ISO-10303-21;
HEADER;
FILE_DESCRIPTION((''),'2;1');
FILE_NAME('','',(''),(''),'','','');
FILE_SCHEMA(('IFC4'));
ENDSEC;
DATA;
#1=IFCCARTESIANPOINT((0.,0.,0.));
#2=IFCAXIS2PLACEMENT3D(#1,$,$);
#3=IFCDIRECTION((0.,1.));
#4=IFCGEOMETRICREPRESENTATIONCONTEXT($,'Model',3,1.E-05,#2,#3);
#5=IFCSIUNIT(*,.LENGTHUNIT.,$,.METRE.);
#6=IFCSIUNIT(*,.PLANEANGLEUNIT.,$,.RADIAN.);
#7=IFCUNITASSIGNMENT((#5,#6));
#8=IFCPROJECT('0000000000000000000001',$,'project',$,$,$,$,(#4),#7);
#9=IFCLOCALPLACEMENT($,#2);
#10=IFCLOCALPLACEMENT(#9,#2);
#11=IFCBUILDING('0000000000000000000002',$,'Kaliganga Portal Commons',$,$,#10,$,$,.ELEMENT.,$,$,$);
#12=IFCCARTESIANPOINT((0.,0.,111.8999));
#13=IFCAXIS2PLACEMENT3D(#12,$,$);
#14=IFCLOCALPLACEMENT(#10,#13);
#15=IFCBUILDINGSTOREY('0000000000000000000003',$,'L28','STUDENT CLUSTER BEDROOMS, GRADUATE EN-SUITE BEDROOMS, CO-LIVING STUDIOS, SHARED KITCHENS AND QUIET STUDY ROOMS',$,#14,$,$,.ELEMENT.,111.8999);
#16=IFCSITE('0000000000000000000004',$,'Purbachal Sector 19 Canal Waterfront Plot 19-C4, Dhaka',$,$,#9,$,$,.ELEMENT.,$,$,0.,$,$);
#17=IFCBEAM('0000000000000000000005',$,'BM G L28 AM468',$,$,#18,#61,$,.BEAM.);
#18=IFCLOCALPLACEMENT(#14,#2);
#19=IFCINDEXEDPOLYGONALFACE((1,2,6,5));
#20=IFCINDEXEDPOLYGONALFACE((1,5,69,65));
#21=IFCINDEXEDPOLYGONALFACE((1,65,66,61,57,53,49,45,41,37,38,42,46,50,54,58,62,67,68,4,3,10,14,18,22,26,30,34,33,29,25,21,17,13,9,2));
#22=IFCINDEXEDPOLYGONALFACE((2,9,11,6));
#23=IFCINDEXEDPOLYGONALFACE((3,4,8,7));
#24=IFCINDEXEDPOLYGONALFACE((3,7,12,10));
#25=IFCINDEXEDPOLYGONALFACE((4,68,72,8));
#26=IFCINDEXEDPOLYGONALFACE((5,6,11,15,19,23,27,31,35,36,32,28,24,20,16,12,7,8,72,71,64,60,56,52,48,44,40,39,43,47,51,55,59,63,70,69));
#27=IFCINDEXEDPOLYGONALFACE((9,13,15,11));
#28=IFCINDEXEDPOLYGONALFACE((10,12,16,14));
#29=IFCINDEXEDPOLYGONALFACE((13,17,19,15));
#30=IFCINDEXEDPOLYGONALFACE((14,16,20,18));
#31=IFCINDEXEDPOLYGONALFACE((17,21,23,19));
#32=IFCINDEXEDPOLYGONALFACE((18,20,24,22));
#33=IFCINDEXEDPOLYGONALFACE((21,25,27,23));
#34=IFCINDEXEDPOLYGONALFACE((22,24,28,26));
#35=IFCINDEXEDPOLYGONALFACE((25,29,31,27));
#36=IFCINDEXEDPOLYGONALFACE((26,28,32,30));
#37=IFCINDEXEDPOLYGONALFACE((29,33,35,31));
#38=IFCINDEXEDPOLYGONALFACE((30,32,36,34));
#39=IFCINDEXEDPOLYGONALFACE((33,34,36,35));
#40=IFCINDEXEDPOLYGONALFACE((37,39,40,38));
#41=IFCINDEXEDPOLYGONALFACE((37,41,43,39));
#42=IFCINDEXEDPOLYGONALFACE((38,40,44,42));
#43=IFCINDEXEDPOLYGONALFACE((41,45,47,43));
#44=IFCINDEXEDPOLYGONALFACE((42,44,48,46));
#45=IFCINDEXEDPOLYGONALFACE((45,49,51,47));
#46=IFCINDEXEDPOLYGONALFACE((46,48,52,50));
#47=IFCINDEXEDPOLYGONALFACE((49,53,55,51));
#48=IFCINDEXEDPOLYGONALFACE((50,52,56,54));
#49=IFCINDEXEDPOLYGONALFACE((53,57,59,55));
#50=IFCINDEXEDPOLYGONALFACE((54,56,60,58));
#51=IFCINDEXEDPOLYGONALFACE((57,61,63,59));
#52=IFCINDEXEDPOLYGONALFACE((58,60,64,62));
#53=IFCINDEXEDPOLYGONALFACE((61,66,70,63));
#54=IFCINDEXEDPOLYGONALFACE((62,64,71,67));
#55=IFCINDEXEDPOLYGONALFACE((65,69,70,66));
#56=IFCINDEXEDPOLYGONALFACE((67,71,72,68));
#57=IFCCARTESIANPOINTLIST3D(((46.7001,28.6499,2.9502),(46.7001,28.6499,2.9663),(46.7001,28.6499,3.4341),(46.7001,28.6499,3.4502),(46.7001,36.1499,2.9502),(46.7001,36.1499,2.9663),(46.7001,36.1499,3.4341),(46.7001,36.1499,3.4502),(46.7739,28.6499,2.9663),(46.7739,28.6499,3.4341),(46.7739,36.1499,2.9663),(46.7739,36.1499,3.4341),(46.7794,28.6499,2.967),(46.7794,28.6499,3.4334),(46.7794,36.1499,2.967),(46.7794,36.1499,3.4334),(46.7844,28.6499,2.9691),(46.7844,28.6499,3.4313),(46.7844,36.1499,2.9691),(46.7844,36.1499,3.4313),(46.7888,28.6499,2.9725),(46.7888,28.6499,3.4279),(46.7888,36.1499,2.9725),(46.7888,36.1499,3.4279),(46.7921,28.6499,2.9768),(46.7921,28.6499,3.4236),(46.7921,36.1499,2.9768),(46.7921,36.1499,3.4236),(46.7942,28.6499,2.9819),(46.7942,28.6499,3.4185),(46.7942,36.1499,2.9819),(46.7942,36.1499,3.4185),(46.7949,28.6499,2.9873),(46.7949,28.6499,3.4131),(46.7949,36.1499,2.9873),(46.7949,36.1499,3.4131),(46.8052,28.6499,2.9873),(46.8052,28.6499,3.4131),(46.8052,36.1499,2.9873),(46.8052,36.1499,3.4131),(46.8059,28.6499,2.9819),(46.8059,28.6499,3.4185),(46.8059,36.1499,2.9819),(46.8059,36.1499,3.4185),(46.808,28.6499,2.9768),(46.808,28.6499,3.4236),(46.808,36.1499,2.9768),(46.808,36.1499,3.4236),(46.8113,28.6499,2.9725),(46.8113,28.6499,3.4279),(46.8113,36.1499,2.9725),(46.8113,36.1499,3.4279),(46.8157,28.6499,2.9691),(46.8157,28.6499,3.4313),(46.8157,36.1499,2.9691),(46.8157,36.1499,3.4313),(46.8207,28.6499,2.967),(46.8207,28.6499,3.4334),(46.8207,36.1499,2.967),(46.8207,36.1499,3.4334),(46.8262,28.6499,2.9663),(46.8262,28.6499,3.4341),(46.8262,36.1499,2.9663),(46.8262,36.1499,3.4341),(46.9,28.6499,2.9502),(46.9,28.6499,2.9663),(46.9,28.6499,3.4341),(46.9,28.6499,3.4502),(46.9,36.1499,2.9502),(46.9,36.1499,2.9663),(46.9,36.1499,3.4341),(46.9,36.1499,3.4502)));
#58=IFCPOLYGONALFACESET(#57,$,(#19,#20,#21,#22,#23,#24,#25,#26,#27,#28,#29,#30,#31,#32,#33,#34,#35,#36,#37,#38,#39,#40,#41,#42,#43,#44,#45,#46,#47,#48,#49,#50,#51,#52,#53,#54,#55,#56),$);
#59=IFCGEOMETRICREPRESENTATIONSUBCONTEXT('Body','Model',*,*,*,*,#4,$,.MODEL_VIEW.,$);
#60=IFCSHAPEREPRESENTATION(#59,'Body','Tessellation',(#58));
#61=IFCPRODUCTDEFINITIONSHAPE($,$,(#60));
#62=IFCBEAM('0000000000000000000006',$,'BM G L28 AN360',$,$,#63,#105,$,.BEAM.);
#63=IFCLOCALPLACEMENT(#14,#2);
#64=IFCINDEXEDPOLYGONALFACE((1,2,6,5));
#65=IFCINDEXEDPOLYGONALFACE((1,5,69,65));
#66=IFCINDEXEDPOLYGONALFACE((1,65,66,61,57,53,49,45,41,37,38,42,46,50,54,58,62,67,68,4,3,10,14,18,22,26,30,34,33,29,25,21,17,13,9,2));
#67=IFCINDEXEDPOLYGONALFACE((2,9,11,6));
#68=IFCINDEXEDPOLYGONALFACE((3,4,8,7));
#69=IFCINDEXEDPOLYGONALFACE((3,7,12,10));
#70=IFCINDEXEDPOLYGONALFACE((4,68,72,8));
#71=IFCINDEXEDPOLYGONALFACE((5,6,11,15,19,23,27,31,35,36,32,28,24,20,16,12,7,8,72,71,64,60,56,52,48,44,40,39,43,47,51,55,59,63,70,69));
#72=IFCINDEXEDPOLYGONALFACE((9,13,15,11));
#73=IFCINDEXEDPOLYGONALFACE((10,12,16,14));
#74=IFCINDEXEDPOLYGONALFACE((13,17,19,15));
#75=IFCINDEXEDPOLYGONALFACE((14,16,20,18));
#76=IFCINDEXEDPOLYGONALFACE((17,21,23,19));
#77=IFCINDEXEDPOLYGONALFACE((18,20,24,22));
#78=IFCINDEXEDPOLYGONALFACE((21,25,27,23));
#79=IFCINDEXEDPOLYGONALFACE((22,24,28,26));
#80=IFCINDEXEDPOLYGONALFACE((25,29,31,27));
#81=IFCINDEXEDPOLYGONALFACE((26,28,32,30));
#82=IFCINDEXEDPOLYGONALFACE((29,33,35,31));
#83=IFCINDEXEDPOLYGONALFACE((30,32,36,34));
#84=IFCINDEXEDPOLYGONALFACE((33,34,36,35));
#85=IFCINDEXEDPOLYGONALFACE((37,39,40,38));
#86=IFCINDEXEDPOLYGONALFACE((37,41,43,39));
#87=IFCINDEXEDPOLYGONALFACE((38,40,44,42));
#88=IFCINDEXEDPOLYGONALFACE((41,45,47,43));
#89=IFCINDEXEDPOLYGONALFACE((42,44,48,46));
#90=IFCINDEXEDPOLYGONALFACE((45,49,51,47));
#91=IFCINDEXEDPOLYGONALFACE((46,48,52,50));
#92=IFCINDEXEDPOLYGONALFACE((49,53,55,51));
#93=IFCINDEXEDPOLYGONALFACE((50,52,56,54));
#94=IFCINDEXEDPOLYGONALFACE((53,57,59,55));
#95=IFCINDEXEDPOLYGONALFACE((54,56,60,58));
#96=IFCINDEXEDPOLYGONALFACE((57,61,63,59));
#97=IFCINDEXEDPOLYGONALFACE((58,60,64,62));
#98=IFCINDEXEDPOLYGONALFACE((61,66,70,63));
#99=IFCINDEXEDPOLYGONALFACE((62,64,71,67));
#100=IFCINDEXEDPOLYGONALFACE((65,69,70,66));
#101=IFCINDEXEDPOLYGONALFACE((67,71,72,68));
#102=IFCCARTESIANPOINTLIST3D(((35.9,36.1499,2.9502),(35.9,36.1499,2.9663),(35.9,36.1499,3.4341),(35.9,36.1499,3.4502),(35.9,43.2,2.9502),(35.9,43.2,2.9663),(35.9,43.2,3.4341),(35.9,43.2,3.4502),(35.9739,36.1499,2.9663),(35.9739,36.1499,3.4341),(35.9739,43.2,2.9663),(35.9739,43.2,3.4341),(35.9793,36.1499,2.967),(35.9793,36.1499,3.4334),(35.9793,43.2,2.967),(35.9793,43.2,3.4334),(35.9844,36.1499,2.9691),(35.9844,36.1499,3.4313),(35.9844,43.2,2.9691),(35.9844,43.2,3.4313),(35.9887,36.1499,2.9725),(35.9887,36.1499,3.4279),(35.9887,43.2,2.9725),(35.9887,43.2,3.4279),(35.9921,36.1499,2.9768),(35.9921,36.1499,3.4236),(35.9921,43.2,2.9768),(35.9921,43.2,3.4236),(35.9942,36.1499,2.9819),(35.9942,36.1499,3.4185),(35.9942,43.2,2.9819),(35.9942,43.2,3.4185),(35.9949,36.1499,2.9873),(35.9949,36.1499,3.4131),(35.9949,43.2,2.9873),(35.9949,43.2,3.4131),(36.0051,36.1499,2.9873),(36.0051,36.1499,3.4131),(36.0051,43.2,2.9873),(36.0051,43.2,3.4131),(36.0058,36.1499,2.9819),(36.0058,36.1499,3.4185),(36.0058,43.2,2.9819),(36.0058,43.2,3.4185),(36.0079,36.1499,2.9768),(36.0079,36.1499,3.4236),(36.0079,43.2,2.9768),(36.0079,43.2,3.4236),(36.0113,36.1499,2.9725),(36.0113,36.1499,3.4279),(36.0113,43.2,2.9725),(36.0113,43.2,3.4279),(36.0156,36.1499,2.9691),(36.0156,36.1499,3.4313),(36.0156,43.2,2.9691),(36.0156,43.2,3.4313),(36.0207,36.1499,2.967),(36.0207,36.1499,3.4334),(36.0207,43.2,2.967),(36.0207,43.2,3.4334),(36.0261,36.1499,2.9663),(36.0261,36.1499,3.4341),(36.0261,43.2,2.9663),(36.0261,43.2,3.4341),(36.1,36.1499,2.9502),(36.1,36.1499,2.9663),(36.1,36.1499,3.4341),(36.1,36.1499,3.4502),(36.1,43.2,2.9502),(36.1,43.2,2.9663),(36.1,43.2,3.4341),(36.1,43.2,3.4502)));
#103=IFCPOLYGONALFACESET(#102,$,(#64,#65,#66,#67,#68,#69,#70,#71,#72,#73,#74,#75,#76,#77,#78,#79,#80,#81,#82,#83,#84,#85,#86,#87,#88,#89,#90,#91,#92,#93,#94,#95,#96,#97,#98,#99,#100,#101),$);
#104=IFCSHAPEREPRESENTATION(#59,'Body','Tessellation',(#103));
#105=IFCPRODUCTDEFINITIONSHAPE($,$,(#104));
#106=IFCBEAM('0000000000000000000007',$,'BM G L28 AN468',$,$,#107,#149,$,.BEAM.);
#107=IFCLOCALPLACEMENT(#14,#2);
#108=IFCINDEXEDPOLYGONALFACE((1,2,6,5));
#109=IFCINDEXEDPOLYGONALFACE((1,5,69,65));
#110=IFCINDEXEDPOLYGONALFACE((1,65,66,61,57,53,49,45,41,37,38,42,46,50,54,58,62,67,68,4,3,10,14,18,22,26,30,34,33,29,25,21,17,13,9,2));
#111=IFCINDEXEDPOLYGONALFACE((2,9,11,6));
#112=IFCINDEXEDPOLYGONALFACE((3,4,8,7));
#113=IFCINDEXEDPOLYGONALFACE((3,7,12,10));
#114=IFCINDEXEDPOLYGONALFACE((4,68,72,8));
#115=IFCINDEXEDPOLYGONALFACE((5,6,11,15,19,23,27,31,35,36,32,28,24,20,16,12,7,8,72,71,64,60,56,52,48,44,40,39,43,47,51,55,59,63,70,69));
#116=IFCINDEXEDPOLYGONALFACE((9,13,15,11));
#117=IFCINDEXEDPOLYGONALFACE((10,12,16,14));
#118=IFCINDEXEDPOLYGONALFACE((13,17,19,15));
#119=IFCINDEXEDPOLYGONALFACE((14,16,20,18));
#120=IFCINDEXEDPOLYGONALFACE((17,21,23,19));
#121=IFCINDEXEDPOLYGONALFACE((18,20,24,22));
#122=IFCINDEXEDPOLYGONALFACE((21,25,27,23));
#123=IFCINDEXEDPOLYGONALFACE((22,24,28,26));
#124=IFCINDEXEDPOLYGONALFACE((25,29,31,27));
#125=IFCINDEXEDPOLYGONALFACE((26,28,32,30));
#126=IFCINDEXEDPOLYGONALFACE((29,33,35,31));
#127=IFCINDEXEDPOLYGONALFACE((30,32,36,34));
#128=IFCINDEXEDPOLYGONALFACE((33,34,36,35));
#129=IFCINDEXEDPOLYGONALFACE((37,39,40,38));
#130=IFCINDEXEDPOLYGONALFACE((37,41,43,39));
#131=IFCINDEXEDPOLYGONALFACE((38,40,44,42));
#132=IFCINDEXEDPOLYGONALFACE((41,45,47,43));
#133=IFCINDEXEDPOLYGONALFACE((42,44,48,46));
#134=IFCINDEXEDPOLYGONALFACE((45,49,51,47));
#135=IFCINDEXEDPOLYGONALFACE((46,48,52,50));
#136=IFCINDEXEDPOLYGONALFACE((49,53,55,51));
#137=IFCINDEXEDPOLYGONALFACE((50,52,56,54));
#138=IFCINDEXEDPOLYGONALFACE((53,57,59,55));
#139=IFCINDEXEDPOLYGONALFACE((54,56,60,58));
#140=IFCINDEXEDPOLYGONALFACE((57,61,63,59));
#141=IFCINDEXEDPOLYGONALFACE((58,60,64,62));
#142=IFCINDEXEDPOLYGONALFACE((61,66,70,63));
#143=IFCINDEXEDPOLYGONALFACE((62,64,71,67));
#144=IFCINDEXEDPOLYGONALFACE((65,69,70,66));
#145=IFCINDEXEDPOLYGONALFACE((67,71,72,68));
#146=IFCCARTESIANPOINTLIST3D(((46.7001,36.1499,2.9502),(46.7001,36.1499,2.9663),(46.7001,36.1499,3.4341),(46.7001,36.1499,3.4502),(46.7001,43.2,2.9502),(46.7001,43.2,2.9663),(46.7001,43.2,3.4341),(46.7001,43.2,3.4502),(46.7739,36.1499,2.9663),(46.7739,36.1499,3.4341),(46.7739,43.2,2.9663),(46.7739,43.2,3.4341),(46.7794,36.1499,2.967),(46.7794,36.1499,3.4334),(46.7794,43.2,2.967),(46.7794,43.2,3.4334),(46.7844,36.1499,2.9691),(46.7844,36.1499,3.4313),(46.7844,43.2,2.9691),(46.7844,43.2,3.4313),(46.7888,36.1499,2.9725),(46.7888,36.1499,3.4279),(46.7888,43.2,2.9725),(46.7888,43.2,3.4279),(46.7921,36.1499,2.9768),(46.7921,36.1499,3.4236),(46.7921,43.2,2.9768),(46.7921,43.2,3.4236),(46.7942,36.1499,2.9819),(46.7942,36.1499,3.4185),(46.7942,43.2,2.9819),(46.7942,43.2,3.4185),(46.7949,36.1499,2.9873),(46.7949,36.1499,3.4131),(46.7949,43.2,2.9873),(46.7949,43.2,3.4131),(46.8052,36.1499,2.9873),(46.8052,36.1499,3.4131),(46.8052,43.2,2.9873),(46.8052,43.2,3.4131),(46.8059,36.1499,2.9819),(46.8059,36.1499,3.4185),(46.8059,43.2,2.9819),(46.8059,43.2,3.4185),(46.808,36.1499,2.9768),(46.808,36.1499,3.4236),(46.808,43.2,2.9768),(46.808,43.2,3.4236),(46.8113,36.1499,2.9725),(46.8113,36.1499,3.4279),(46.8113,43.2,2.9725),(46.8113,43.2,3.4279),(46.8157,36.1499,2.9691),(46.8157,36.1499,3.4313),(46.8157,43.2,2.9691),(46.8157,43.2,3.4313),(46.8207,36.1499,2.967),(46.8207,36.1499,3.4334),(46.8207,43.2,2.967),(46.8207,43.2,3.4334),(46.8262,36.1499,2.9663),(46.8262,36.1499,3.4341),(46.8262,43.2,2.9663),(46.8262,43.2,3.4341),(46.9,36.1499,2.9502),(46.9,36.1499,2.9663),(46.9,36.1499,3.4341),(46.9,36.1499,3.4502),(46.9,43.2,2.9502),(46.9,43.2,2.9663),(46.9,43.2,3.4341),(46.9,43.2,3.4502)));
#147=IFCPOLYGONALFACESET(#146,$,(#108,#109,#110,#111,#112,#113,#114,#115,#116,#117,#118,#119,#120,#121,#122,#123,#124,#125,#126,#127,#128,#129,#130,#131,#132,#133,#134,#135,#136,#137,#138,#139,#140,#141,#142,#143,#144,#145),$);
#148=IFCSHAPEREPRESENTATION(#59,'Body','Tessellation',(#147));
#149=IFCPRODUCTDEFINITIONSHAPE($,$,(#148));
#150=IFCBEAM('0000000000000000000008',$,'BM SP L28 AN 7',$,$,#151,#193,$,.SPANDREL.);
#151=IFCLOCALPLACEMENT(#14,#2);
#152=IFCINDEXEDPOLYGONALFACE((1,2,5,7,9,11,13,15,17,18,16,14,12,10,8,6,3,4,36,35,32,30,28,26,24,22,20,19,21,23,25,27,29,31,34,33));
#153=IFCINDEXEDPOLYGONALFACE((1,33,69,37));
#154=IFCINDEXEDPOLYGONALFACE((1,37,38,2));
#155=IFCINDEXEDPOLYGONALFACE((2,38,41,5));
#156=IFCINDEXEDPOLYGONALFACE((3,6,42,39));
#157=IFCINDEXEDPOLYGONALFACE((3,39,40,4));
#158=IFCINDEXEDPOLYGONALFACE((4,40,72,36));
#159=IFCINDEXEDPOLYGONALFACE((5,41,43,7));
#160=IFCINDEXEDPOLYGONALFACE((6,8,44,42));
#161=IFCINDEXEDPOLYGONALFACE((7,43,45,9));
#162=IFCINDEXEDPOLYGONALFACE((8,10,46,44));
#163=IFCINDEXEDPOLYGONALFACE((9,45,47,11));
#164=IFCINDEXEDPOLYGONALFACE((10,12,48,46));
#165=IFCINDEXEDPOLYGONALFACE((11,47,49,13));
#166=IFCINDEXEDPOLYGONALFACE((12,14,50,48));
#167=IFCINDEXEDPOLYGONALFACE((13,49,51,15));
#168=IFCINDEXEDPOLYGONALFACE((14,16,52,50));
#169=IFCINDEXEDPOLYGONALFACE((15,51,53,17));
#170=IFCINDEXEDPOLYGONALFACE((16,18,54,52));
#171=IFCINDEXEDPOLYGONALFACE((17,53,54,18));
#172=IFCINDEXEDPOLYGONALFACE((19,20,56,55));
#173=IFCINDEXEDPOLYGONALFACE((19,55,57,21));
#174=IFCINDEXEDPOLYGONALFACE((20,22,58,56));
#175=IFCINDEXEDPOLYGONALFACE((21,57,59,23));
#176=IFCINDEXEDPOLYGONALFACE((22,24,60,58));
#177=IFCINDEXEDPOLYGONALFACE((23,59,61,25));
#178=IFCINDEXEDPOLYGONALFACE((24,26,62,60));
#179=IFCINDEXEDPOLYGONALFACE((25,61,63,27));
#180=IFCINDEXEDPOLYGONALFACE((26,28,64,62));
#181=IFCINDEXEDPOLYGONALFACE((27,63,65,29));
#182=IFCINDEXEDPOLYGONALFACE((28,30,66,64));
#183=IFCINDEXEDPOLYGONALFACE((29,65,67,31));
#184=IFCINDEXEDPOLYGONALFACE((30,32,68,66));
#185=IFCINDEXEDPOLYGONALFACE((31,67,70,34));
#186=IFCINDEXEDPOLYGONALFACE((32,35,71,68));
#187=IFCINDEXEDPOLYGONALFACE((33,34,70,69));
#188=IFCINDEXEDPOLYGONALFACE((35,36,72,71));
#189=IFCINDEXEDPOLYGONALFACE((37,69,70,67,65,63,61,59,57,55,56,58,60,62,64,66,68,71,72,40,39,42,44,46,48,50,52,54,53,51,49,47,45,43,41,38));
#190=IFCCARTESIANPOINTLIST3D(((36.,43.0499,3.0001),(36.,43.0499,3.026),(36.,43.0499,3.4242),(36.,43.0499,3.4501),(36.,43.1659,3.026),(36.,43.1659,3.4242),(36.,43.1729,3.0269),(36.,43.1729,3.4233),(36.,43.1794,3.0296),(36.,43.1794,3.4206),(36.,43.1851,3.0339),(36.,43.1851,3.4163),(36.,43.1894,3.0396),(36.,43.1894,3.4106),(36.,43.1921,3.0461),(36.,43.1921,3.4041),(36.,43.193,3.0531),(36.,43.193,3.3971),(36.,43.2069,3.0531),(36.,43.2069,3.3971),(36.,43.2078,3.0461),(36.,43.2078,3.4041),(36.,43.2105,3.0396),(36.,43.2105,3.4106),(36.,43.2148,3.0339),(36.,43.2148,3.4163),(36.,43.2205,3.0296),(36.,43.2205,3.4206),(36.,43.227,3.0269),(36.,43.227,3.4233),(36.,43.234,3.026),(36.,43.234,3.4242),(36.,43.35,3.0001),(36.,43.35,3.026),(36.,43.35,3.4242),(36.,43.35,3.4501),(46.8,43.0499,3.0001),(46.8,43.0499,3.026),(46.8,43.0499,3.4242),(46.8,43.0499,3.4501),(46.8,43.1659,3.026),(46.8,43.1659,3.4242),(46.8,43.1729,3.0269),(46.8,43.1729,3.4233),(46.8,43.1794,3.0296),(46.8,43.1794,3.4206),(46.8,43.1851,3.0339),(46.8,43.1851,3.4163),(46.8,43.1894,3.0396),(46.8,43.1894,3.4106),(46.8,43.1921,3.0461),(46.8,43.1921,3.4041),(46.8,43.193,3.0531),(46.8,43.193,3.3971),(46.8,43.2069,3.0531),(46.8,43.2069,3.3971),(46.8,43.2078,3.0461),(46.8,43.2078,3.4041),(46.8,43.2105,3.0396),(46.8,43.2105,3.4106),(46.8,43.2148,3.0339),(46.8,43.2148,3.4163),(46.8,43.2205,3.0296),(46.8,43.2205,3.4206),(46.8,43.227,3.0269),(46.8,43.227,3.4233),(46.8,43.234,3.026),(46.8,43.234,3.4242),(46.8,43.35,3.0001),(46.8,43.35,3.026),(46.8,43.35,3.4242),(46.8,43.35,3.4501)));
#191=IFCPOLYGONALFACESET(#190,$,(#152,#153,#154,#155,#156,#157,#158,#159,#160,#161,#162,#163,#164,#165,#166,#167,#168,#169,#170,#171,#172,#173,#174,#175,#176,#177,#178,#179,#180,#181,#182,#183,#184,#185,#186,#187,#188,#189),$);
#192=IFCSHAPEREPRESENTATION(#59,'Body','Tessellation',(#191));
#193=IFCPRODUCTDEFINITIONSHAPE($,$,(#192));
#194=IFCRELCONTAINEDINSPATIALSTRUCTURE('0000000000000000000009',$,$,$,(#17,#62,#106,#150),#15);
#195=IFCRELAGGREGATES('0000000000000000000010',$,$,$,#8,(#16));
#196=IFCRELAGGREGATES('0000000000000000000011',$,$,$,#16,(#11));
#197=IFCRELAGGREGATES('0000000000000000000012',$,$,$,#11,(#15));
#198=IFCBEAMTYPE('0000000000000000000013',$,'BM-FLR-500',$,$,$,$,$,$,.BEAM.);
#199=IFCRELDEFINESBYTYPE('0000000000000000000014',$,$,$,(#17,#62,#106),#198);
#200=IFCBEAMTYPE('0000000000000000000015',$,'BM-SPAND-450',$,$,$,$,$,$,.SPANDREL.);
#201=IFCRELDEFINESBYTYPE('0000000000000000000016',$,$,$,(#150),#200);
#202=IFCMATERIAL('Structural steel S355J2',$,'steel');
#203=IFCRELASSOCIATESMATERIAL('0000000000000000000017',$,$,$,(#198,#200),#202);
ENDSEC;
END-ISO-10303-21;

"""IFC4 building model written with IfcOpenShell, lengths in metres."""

from ifc_helpers import new_model, si_unit, direction, frame, origin, origin_2d, place, context, subcontext, project, spatial, i_section, extrude, source, transform, mapped, material, material_profile, profile_set, type_object, element, save


model = new_model("IFC4")

# Units and contexts
model_context = context("Model", 3, precision=1e-05, world=origin(), true_north=direction((0.0, 1.0)))
body_context = subcontext(model_context, "Body", "Model", "MODEL_VIEW")
ifc_project = project(units=[si_unit("LENGTHUNIT", "METRE"), si_unit("PLANEANGLEUNIT", "RADIAN")], contexts=[model_context])

# Site, building, storey
site_placement = place(None, origin())
site = spatial("IfcSite", under=ifc_project, at=site_placement, Name="Purbachal Sector 19 Canal Waterfront Plot 19-C4, Dhaka", CompositionType="ELEMENT", RefElevation=0.0)
building_placement = place(site_placement, origin())
building = spatial("IfcBuilding", under=site, at=building_placement, Name="Kaliganga Portal Commons", CompositionType="ELEMENT")
storey_placement = place(building_placement, frame((0.0, 0.0, 111.8999)))
storey = spatial("IfcBuildingStorey", under=building, at=storey_placement, Name="L28", Description="STUDENT CLUSTER BEDROOMS, GRADUATE EN-SUITE BEDROOMS, CO-LIVING STUDIOS, SHARED KITCHENS AND QUIET STUDY ROOMS", CompositionType="ELEMENT", Elevation=111.8999)

# Beams
ifc_material_1 = material(Name="Structural steel S355J2", Category="steel")
ifc_material_profile_1 = material_profile(ifc_material_1, i_section(OverallWidth=0.2, OverallDepth=0.5, WebThickness=0.0103, FlangeThickness=0.0161, FilletRadius=0.021, at=origin_2d()), Name="IPE 500")
ifc_profile_set_1 = profile_set([ifc_material_profile_1], Name="Structural steel S355J2 wide-flange")
beam_type_1 = type_object("IfcBeamType", Name="BM-FLR-500", PredefinedType="BEAM", material=ifc_profile_set_1)
shared_shape_1 = source(origin(), body_context, "Body", "SweptSolid", [
    extrude(i_section(OverallWidth=0.2, OverallDepth=0.5, WebThickness=0.0103, FlangeThickness=0.0161, FilletRadius=0.021, at=origin_2d()), origin(), (0.0, 0.0, 1.0), 7.5),
])
beam_1_placement = place(storey_placement, frame((46.8, 28.6499, 3.2002), z_axis=(0.0, 1.0, 0.0), x_axis=(-1.0, 0.0, 0.0)))
element("IfcBeam", 1, at=beam_1_placement, inside=storey, type_object=beam_type_1, Name="BM G L28 AM468", PredefinedType="BEAM", context=body_context, shape_type="MappedRepresentation", body=[
    mapped(shared_shape_1, transform((0.0, 0.0, 0.0), x_axis=(1.0, 0.0, 0.0), y_axis=(0.0, 1.0, 0.0), z_axis=(0.0, 0.0, 1.0), scale=1.0)),
])
shared_shape_2 = source(origin(), body_context, "Body", "SweptSolid", [
    extrude(i_section(OverallWidth=0.2, OverallDepth=0.5, WebThickness=0.0103, FlangeThickness=0.0161, FilletRadius=0.021, at=origin_2d()), origin(), (0.0, 0.0, 1.0), 7.05),
])
for number, where, z_axis, x_axis, name in (
    (2, (36.0, 36.1499, 3.2002), (0.0, 1.0, 0.0), (-1.0, 0.0, 0.0), "BM G L28 AN360"),
    (3, (46.8, 36.1499, 3.2002), (0.0, 1.0, 0.0), (-1.0, 0.0, 0.0), "BM G L28 AN468"),
):
    element("IfcBeam", number, at=place(storey_placement, frame(where, z_axis=z_axis, x_axis=x_axis)), inside=storey, type_object=beam_type_1, Name=name, PredefinedType="BEAM", context=body_context, shape_type="MappedRepresentation", body=[
        mapped(shared_shape_2, transform((0.0, 0.0, 0.0), x_axis=(1.0, 0.0, 0.0), y_axis=(0.0, 1.0, 0.0), z_axis=(0.0, 0.0, 1.0), scale=1.0)),
    ])
ifc_material_profile_2 = material_profile(ifc_material_1, i_section(OverallWidth=0.3, OverallDepth=0.45, WebThickness=0.0139, FlangeThickness=0.0259, FilletRadius=0.0271, at=origin_2d()), Name="HE 450 B")
ifc_profile_set_2 = profile_set([ifc_material_profile_2], Name="Structural steel S355J2 wide-flange")
beam_type_2 = type_object("IfcBeamType", Name="BM-SPAND-450", PredefinedType="SPANDREL", material=ifc_profile_set_2)
shared_shape_3 = source(origin(), body_context, "Body", "SweptSolid", [
    extrude(i_section(OverallWidth=0.3, OverallDepth=0.45, WebThickness=0.0139, FlangeThickness=0.0259, FilletRadius=0.0271, at=origin_2d()), origin(), (0.0, 0.0, 1.0), 10.8),
])
beam_2_placement = place(storey_placement, frame((36.0, 43.2, 3.2251), z_axis=(1.0, 0.0, 0.0), x_axis=(0.0, 1.0, 0.0)))
element("IfcBeam", 4, at=beam_2_placement, inside=storey, type_object=beam_type_2, Name="BM SP L28 AN 7", PredefinedType="SPANDREL", context=body_context, shape_type="MappedRepresentation", body=[
    mapped(shared_shape_3, transform((0.0, 0.0, 0.0), x_axis=(1.0, 0.0, 0.0), y_axis=(0.0, 1.0, 0.0), z_axis=(0.0, 0.0, 1.0), scale=1.0)),
])

save(model, "model.ifc")
